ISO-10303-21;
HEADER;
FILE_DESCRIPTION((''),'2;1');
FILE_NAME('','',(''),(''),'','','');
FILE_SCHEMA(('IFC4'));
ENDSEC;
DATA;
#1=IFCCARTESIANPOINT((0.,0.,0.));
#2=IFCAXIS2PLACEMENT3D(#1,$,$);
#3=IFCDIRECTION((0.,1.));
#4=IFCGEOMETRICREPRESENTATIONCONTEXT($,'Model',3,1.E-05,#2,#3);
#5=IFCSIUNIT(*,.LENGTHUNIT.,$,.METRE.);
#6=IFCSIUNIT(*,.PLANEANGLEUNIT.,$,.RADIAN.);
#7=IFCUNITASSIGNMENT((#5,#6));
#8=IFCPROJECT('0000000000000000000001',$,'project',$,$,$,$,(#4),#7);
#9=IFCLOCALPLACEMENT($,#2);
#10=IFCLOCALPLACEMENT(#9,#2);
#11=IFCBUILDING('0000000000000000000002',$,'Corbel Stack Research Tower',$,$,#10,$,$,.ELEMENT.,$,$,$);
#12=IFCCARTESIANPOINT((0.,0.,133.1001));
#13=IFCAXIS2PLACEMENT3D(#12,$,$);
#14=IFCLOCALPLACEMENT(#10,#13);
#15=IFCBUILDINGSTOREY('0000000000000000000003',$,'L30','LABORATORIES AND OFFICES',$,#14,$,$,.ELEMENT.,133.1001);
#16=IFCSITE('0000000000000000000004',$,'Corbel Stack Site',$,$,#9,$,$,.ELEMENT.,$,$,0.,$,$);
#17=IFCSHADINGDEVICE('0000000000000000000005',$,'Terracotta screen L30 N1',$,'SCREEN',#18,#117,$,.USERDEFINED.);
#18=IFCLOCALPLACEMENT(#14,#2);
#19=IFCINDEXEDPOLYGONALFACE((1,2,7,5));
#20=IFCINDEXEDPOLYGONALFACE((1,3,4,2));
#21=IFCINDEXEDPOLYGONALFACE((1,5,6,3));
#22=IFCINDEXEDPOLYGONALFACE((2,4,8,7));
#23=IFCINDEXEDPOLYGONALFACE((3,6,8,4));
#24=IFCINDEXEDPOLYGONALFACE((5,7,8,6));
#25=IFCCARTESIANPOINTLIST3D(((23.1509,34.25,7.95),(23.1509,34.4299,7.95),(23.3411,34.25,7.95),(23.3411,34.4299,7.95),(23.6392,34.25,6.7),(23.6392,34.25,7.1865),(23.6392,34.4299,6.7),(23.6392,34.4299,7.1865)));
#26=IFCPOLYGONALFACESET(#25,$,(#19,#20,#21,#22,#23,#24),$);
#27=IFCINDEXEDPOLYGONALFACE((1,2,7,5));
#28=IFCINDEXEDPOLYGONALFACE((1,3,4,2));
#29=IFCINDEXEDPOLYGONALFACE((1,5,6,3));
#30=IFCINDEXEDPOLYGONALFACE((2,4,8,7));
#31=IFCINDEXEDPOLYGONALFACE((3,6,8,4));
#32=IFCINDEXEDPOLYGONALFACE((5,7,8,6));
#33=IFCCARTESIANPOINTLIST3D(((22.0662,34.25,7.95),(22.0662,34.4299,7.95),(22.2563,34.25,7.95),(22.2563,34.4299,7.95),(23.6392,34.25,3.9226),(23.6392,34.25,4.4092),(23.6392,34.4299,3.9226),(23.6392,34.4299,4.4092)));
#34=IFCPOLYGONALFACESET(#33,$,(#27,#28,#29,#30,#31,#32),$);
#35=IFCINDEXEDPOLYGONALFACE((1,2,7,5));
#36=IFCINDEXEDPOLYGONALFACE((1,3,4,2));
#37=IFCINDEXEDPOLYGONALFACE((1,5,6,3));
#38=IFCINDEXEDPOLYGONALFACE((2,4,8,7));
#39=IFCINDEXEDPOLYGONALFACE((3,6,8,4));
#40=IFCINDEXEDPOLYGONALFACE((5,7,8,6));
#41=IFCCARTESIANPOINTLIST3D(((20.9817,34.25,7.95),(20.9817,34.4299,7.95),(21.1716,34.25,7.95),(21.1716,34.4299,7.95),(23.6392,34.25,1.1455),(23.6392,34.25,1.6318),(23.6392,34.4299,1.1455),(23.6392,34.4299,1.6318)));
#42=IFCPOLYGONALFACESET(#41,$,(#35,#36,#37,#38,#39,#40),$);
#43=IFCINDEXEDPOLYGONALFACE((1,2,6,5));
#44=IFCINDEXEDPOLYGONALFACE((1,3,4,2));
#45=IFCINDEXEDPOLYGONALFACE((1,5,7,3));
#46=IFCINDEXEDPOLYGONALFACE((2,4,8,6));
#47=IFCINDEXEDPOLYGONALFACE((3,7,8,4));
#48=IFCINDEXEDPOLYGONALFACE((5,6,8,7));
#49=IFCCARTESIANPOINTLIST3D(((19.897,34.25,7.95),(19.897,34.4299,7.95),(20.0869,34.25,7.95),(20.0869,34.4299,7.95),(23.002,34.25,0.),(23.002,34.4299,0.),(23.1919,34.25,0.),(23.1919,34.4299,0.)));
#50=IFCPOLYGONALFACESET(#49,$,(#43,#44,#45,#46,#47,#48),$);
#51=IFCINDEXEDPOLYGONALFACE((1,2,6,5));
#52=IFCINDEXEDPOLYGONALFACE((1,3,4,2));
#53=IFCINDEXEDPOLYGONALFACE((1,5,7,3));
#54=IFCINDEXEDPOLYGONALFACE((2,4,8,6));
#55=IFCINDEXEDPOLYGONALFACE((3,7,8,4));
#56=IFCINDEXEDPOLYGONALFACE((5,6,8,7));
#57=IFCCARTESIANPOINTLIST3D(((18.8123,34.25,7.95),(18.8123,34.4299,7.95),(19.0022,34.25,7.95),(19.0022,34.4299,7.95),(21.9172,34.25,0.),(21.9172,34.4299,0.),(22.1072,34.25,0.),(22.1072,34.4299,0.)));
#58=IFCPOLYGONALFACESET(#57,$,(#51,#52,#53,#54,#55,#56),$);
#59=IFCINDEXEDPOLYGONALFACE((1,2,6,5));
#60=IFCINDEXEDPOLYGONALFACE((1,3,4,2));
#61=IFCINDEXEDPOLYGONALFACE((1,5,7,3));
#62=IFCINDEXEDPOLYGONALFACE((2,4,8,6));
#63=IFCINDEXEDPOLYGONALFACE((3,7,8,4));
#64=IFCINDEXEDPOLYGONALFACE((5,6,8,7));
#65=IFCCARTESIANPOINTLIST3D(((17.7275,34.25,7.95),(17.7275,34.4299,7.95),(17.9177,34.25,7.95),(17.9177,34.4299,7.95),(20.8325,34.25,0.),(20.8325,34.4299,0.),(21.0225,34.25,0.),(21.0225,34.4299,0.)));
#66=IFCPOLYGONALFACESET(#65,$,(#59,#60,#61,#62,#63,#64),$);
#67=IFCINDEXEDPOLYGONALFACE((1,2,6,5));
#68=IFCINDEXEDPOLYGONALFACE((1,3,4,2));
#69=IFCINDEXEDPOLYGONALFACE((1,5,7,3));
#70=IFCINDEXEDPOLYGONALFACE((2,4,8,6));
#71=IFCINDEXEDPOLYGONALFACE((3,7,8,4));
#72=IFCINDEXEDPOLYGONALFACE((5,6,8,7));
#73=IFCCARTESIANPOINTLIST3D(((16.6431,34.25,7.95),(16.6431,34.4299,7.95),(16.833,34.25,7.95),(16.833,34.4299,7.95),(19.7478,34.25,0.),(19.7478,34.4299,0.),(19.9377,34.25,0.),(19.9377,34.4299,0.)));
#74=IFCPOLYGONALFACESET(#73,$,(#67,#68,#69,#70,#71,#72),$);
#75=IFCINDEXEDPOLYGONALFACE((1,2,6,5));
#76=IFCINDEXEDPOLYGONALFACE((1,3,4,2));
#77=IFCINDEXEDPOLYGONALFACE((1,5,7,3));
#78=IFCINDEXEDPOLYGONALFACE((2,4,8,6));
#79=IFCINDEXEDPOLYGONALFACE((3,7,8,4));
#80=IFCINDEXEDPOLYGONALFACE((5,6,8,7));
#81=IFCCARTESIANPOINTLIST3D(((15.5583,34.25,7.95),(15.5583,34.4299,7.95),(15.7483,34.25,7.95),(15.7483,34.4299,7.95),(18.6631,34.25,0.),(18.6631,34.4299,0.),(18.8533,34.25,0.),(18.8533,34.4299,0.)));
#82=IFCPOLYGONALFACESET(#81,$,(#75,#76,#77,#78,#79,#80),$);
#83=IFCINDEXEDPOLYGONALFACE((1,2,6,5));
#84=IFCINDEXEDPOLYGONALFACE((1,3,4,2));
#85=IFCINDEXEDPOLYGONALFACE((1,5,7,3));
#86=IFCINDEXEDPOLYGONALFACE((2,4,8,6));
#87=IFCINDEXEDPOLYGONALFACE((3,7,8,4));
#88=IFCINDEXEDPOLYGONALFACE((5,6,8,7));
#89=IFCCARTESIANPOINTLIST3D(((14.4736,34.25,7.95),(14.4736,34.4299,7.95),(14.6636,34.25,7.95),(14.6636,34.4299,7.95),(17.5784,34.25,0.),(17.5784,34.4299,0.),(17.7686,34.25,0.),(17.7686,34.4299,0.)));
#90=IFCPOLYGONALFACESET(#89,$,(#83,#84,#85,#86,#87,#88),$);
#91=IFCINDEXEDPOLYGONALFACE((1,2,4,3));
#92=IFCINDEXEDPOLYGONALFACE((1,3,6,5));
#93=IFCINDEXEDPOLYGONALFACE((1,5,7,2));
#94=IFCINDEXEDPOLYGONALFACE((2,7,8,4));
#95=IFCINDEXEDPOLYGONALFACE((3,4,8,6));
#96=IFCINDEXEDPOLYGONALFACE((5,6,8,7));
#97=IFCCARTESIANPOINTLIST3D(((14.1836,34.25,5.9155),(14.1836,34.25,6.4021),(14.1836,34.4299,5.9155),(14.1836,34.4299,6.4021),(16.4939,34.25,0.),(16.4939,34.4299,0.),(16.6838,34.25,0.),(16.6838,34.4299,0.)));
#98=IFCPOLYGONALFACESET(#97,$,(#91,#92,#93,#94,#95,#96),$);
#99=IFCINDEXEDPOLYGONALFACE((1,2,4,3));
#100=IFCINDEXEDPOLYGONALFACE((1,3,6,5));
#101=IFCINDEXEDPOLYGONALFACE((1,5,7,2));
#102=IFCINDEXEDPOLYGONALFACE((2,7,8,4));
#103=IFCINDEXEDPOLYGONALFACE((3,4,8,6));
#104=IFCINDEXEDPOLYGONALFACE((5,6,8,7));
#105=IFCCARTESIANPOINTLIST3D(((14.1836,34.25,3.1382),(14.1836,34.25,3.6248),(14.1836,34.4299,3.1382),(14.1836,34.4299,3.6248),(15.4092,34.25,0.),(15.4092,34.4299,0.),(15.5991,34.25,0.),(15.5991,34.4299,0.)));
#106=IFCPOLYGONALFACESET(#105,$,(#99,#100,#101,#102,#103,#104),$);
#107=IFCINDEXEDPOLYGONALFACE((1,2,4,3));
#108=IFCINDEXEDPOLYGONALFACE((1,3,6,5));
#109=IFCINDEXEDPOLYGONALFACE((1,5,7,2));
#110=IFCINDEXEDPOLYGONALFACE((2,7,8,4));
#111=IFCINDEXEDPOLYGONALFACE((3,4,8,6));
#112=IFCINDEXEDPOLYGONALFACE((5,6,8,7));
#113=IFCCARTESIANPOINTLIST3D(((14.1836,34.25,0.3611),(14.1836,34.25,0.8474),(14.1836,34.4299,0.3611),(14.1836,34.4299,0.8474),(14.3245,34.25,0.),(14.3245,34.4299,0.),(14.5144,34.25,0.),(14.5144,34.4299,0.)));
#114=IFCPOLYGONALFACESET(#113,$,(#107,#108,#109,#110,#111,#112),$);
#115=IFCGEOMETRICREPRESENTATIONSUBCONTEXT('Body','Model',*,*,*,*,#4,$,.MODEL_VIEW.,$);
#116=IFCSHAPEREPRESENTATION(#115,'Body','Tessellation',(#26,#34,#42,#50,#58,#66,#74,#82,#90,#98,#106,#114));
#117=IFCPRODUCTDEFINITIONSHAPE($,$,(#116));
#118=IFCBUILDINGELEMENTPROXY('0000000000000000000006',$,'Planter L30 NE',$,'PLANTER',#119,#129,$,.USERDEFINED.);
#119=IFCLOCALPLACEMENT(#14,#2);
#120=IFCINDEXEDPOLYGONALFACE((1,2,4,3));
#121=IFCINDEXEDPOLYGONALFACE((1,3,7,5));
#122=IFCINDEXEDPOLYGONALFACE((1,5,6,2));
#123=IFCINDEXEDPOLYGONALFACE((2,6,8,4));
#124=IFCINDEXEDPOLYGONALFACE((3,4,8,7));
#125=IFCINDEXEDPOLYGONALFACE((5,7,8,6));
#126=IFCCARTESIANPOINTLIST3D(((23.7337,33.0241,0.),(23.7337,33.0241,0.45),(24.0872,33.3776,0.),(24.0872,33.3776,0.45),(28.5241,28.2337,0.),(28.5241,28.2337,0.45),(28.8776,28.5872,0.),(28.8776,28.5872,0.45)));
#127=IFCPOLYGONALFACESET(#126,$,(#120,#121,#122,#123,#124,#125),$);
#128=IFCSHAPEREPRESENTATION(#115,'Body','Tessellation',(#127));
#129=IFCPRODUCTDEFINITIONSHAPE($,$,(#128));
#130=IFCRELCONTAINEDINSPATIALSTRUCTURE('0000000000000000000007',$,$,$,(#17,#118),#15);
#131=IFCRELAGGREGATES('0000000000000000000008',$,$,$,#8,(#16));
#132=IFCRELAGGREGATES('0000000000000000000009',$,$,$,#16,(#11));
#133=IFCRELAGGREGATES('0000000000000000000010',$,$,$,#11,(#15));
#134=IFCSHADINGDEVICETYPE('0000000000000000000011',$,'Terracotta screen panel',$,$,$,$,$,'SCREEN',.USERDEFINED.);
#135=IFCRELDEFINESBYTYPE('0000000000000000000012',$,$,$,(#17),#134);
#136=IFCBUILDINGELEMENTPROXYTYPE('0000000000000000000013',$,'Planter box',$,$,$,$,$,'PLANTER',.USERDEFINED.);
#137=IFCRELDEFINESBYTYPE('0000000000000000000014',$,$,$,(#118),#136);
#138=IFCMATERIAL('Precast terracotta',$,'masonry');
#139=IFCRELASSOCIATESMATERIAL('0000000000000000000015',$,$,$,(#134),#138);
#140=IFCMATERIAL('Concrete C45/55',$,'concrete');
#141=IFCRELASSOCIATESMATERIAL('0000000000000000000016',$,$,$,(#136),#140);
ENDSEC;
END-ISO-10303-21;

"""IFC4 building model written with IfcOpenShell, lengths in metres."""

from ifc_helpers import new_model, si_unit, direction, frame, origin, origin_2d, place, context, subcontext, project, spatial, polyline, rectangle, outline, extrude, source, transform, mapped, material, type_object, element, save


model = new_model("IFC4")

# Units and contexts
model_context = context("Model", 3, precision=1e-05, world=origin(), true_north=direction((0.0, 1.0)))
body_context = subcontext(model_context, "Body", "Model", "MODEL_VIEW")
ifc_project = project(units=[si_unit("LENGTHUNIT", "METRE"), si_unit("PLANEANGLEUNIT", "RADIAN")], contexts=[model_context])

# Site, building, storey
site_placement = place(None, origin())
site = spatial("IfcSite", under=ifc_project, at=site_placement, Name="Corbel Stack Site", CompositionType="ELEMENT", RefElevation=0.0)
building_placement = place(site_placement, origin())
building = spatial("IfcBuilding", under=site, at=building_placement, Name="Corbel Stack Research Tower", CompositionType="ELEMENT")
storey_placement = place(building_placement, frame((0.0, 0.0, 133.1001)))
storey = spatial("IfcBuildingStorey", under=building, at=storey_placement, Name="L30", Description="LABORATORIES AND OFFICES", CompositionType="ELEMENT", Elevation=133.1001)

# Shading device
ifc_material_1 = material(Name="Precast terracotta", Category="masonry")
shading_device_type = type_object("IfcShadingDeviceType", Name="Terracotta screen panel", ElementType="SCREEN", PredefinedType="USERDEFINED", material=ifc_material_1)
shared_shape_1 = source(origin(), body_context, "Body", "SweptSolid", [
    extrude(outline(polyline([(0.4883, 7.95), (0.2981, 7.95), (0.0, 7.1865), (0.0, 6.7), (0.4883, 7.95)])), frame((0.0, 0.0, 0.0), z_axis=(0.0, -1.0, 0.0), x_axis=(1.0, 0.0, 0.0)), (0.0, 0.0, 1.0), 0.1799),
    extrude(outline(polyline([(1.573, 7.95), (1.3828, 7.95), (0.0, 4.4092), (0.0, 3.9226), (1.573, 7.95)])), frame((0.0, 0.0, 0.0), z_axis=(0.0, -1.0, 0.0), x_axis=(1.0, 0.0, 0.0)), (0.0, 0.0, 1.0), 0.1799),
    extrude(outline(polyline([(2.6575, 7.95), (2.4675, 7.95), (0.0, 1.6318), (0.0, 1.1455), (2.6575, 7.95)])), frame((0.0, 0.0, 0.0), z_axis=(0.0, -1.0, 0.0), x_axis=(1.0, 0.0, 0.0)), (0.0, 0.0, 1.0), 0.1799),
    extrude(outline(polyline([(0.6372, 0.0), (3.7422, 7.95), (3.5522, 7.95), (0.4473, 0.0), (0.6372, 0.0)])), frame((0.0, 0.0, 0.0), z_axis=(0.0, -1.0, 0.0), x_axis=(1.0, 0.0, 0.0)), (0.0, 0.0, 1.0), 0.1799),
    extrude(outline(polyline([(1.7219, 0.0), (4.8269, 7.95), (4.637, 7.95), (1.532, 0.0), (1.7219, 0.0)])), frame((0.0, 0.0, 0.0), z_axis=(0.0, -1.0, 0.0), x_axis=(1.0, 0.0, 0.0)), (0.0, 0.0, 1.0), 0.1799),
    extrude(outline(polyline([(2.8066, 0.0), (5.9116, 7.95), (5.7214, 7.95), (2.6167, 0.0), (2.8066, 0.0)])), frame((0.0, 0.0, 0.0), z_axis=(0.0, -1.0, 0.0), x_axis=(1.0, 0.0, 0.0)), (0.0, 0.0, 1.0), 0.1799),
    extrude(outline(polyline([(3.8914, 0.0), (6.9961, 7.95), (6.8062, 7.95), (3.7014, 0.0), (3.8914, 0.0)])), frame((0.0, 0.0, 0.0), z_axis=(0.0, -1.0, 0.0), x_axis=(1.0, 0.0, 0.0)), (0.0, 0.0, 1.0), 0.1799),
    extrude(outline(polyline([(4.9761, 0.0), (8.0808, 7.95), (7.8909, 7.95), (4.7859, 0.0), (4.9761, 0.0)])), frame((0.0, 0.0, 0.0), z_axis=(0.0, -1.0, 0.0), x_axis=(1.0, 0.0, 0.0)), (0.0, 0.0, 1.0), 0.1799),
    extrude(outline(polyline([(6.0608, 0.0), (9.1655, 7.95), (8.9756, 7.95), (5.8706, 0.0), (6.0608, 0.0)])), frame((0.0, 0.0, 0.0), z_axis=(0.0, -1.0, 0.0), x_axis=(1.0, 0.0, 0.0)), (0.0, 0.0, 1.0), 0.1799),
    extrude(outline(polyline([(7.1453, 0.0), (9.4556, 5.9155), (9.4556, 6.4021), (6.9553, 0.0), (7.1453, 0.0)])), frame((0.0, 0.0, 0.0), z_axis=(0.0, -1.0, 0.0), x_axis=(1.0, 0.0, 0.0)), (0.0, 0.0, 1.0), 0.1799),
    extrude(outline(polyline([(8.23, 0.0), (9.4556, 3.1382), (9.4556, 3.6248), (8.04, 0.0), (8.23, 0.0)])), frame((0.0, 0.0, 0.0), z_axis=(0.0, -1.0, 0.0), x_axis=(1.0, 0.0, 0.0)), (0.0, 0.0, 1.0), 0.1799),
    extrude(outline(polyline([(9.3147, 0.0), (9.4556, 0.3611), (9.4556, 0.8474), (9.1248, 0.0), (9.3147, 0.0)])), frame((0.0, 0.0, 0.0), z_axis=(0.0, -1.0, 0.0), x_axis=(1.0, 0.0, 0.0)), (0.0, 0.0, 1.0), 0.1799),
])
shading_device_1_placement = place(storey_placement, frame((23.6392, 34.25, 0.0), z_axis=(0.0, 0.0, 1.0), x_axis=(-1.0, 0.0, 0.0)))
element("IfcShadingDevice", 1, at=shading_device_1_placement, inside=storey, type_object=shading_device_type, Name="Terracotta screen L30 N1", ObjectType="SCREEN", PredefinedType="USERDEFINED", context=body_context, shape_type="MappedRepresentation", body=[
    mapped(shared_shape_1, transform((0.0, 0.0, 0.0))),
])

# Building element proxy
ifc_material_2 = material(Name="Concrete C45/55", Category="concrete")
building_element_proxy_type = type_object("IfcBuildingElementProxyType", Name="Planter box", ElementType="PLANTER", PredefinedType="USERDEFINED", material=ifc_material_2)
proxy_placement = place(storey_placement, frame((26.3057, 30.8057, 0.0), z_axis=(0.0, 0.0, 1.0), x_axis=(-0.707107, 0.707107, 0.0)))
element("IfcBuildingElementProxy", 2, at=proxy_placement, inside=storey, type_object=building_element_proxy_type, Name="Planter L30 NE", ObjectType="PLANTER", PredefinedType="USERDEFINED", context=body_context, shape_type="SweptSolid", body=[
    extrude(rectangle(XDim=6.7747, YDim=0.5, at=origin_2d()), origin(), (0.0, 0.0, 1.0), 0.45),
])

save(model, "model.ifc")
